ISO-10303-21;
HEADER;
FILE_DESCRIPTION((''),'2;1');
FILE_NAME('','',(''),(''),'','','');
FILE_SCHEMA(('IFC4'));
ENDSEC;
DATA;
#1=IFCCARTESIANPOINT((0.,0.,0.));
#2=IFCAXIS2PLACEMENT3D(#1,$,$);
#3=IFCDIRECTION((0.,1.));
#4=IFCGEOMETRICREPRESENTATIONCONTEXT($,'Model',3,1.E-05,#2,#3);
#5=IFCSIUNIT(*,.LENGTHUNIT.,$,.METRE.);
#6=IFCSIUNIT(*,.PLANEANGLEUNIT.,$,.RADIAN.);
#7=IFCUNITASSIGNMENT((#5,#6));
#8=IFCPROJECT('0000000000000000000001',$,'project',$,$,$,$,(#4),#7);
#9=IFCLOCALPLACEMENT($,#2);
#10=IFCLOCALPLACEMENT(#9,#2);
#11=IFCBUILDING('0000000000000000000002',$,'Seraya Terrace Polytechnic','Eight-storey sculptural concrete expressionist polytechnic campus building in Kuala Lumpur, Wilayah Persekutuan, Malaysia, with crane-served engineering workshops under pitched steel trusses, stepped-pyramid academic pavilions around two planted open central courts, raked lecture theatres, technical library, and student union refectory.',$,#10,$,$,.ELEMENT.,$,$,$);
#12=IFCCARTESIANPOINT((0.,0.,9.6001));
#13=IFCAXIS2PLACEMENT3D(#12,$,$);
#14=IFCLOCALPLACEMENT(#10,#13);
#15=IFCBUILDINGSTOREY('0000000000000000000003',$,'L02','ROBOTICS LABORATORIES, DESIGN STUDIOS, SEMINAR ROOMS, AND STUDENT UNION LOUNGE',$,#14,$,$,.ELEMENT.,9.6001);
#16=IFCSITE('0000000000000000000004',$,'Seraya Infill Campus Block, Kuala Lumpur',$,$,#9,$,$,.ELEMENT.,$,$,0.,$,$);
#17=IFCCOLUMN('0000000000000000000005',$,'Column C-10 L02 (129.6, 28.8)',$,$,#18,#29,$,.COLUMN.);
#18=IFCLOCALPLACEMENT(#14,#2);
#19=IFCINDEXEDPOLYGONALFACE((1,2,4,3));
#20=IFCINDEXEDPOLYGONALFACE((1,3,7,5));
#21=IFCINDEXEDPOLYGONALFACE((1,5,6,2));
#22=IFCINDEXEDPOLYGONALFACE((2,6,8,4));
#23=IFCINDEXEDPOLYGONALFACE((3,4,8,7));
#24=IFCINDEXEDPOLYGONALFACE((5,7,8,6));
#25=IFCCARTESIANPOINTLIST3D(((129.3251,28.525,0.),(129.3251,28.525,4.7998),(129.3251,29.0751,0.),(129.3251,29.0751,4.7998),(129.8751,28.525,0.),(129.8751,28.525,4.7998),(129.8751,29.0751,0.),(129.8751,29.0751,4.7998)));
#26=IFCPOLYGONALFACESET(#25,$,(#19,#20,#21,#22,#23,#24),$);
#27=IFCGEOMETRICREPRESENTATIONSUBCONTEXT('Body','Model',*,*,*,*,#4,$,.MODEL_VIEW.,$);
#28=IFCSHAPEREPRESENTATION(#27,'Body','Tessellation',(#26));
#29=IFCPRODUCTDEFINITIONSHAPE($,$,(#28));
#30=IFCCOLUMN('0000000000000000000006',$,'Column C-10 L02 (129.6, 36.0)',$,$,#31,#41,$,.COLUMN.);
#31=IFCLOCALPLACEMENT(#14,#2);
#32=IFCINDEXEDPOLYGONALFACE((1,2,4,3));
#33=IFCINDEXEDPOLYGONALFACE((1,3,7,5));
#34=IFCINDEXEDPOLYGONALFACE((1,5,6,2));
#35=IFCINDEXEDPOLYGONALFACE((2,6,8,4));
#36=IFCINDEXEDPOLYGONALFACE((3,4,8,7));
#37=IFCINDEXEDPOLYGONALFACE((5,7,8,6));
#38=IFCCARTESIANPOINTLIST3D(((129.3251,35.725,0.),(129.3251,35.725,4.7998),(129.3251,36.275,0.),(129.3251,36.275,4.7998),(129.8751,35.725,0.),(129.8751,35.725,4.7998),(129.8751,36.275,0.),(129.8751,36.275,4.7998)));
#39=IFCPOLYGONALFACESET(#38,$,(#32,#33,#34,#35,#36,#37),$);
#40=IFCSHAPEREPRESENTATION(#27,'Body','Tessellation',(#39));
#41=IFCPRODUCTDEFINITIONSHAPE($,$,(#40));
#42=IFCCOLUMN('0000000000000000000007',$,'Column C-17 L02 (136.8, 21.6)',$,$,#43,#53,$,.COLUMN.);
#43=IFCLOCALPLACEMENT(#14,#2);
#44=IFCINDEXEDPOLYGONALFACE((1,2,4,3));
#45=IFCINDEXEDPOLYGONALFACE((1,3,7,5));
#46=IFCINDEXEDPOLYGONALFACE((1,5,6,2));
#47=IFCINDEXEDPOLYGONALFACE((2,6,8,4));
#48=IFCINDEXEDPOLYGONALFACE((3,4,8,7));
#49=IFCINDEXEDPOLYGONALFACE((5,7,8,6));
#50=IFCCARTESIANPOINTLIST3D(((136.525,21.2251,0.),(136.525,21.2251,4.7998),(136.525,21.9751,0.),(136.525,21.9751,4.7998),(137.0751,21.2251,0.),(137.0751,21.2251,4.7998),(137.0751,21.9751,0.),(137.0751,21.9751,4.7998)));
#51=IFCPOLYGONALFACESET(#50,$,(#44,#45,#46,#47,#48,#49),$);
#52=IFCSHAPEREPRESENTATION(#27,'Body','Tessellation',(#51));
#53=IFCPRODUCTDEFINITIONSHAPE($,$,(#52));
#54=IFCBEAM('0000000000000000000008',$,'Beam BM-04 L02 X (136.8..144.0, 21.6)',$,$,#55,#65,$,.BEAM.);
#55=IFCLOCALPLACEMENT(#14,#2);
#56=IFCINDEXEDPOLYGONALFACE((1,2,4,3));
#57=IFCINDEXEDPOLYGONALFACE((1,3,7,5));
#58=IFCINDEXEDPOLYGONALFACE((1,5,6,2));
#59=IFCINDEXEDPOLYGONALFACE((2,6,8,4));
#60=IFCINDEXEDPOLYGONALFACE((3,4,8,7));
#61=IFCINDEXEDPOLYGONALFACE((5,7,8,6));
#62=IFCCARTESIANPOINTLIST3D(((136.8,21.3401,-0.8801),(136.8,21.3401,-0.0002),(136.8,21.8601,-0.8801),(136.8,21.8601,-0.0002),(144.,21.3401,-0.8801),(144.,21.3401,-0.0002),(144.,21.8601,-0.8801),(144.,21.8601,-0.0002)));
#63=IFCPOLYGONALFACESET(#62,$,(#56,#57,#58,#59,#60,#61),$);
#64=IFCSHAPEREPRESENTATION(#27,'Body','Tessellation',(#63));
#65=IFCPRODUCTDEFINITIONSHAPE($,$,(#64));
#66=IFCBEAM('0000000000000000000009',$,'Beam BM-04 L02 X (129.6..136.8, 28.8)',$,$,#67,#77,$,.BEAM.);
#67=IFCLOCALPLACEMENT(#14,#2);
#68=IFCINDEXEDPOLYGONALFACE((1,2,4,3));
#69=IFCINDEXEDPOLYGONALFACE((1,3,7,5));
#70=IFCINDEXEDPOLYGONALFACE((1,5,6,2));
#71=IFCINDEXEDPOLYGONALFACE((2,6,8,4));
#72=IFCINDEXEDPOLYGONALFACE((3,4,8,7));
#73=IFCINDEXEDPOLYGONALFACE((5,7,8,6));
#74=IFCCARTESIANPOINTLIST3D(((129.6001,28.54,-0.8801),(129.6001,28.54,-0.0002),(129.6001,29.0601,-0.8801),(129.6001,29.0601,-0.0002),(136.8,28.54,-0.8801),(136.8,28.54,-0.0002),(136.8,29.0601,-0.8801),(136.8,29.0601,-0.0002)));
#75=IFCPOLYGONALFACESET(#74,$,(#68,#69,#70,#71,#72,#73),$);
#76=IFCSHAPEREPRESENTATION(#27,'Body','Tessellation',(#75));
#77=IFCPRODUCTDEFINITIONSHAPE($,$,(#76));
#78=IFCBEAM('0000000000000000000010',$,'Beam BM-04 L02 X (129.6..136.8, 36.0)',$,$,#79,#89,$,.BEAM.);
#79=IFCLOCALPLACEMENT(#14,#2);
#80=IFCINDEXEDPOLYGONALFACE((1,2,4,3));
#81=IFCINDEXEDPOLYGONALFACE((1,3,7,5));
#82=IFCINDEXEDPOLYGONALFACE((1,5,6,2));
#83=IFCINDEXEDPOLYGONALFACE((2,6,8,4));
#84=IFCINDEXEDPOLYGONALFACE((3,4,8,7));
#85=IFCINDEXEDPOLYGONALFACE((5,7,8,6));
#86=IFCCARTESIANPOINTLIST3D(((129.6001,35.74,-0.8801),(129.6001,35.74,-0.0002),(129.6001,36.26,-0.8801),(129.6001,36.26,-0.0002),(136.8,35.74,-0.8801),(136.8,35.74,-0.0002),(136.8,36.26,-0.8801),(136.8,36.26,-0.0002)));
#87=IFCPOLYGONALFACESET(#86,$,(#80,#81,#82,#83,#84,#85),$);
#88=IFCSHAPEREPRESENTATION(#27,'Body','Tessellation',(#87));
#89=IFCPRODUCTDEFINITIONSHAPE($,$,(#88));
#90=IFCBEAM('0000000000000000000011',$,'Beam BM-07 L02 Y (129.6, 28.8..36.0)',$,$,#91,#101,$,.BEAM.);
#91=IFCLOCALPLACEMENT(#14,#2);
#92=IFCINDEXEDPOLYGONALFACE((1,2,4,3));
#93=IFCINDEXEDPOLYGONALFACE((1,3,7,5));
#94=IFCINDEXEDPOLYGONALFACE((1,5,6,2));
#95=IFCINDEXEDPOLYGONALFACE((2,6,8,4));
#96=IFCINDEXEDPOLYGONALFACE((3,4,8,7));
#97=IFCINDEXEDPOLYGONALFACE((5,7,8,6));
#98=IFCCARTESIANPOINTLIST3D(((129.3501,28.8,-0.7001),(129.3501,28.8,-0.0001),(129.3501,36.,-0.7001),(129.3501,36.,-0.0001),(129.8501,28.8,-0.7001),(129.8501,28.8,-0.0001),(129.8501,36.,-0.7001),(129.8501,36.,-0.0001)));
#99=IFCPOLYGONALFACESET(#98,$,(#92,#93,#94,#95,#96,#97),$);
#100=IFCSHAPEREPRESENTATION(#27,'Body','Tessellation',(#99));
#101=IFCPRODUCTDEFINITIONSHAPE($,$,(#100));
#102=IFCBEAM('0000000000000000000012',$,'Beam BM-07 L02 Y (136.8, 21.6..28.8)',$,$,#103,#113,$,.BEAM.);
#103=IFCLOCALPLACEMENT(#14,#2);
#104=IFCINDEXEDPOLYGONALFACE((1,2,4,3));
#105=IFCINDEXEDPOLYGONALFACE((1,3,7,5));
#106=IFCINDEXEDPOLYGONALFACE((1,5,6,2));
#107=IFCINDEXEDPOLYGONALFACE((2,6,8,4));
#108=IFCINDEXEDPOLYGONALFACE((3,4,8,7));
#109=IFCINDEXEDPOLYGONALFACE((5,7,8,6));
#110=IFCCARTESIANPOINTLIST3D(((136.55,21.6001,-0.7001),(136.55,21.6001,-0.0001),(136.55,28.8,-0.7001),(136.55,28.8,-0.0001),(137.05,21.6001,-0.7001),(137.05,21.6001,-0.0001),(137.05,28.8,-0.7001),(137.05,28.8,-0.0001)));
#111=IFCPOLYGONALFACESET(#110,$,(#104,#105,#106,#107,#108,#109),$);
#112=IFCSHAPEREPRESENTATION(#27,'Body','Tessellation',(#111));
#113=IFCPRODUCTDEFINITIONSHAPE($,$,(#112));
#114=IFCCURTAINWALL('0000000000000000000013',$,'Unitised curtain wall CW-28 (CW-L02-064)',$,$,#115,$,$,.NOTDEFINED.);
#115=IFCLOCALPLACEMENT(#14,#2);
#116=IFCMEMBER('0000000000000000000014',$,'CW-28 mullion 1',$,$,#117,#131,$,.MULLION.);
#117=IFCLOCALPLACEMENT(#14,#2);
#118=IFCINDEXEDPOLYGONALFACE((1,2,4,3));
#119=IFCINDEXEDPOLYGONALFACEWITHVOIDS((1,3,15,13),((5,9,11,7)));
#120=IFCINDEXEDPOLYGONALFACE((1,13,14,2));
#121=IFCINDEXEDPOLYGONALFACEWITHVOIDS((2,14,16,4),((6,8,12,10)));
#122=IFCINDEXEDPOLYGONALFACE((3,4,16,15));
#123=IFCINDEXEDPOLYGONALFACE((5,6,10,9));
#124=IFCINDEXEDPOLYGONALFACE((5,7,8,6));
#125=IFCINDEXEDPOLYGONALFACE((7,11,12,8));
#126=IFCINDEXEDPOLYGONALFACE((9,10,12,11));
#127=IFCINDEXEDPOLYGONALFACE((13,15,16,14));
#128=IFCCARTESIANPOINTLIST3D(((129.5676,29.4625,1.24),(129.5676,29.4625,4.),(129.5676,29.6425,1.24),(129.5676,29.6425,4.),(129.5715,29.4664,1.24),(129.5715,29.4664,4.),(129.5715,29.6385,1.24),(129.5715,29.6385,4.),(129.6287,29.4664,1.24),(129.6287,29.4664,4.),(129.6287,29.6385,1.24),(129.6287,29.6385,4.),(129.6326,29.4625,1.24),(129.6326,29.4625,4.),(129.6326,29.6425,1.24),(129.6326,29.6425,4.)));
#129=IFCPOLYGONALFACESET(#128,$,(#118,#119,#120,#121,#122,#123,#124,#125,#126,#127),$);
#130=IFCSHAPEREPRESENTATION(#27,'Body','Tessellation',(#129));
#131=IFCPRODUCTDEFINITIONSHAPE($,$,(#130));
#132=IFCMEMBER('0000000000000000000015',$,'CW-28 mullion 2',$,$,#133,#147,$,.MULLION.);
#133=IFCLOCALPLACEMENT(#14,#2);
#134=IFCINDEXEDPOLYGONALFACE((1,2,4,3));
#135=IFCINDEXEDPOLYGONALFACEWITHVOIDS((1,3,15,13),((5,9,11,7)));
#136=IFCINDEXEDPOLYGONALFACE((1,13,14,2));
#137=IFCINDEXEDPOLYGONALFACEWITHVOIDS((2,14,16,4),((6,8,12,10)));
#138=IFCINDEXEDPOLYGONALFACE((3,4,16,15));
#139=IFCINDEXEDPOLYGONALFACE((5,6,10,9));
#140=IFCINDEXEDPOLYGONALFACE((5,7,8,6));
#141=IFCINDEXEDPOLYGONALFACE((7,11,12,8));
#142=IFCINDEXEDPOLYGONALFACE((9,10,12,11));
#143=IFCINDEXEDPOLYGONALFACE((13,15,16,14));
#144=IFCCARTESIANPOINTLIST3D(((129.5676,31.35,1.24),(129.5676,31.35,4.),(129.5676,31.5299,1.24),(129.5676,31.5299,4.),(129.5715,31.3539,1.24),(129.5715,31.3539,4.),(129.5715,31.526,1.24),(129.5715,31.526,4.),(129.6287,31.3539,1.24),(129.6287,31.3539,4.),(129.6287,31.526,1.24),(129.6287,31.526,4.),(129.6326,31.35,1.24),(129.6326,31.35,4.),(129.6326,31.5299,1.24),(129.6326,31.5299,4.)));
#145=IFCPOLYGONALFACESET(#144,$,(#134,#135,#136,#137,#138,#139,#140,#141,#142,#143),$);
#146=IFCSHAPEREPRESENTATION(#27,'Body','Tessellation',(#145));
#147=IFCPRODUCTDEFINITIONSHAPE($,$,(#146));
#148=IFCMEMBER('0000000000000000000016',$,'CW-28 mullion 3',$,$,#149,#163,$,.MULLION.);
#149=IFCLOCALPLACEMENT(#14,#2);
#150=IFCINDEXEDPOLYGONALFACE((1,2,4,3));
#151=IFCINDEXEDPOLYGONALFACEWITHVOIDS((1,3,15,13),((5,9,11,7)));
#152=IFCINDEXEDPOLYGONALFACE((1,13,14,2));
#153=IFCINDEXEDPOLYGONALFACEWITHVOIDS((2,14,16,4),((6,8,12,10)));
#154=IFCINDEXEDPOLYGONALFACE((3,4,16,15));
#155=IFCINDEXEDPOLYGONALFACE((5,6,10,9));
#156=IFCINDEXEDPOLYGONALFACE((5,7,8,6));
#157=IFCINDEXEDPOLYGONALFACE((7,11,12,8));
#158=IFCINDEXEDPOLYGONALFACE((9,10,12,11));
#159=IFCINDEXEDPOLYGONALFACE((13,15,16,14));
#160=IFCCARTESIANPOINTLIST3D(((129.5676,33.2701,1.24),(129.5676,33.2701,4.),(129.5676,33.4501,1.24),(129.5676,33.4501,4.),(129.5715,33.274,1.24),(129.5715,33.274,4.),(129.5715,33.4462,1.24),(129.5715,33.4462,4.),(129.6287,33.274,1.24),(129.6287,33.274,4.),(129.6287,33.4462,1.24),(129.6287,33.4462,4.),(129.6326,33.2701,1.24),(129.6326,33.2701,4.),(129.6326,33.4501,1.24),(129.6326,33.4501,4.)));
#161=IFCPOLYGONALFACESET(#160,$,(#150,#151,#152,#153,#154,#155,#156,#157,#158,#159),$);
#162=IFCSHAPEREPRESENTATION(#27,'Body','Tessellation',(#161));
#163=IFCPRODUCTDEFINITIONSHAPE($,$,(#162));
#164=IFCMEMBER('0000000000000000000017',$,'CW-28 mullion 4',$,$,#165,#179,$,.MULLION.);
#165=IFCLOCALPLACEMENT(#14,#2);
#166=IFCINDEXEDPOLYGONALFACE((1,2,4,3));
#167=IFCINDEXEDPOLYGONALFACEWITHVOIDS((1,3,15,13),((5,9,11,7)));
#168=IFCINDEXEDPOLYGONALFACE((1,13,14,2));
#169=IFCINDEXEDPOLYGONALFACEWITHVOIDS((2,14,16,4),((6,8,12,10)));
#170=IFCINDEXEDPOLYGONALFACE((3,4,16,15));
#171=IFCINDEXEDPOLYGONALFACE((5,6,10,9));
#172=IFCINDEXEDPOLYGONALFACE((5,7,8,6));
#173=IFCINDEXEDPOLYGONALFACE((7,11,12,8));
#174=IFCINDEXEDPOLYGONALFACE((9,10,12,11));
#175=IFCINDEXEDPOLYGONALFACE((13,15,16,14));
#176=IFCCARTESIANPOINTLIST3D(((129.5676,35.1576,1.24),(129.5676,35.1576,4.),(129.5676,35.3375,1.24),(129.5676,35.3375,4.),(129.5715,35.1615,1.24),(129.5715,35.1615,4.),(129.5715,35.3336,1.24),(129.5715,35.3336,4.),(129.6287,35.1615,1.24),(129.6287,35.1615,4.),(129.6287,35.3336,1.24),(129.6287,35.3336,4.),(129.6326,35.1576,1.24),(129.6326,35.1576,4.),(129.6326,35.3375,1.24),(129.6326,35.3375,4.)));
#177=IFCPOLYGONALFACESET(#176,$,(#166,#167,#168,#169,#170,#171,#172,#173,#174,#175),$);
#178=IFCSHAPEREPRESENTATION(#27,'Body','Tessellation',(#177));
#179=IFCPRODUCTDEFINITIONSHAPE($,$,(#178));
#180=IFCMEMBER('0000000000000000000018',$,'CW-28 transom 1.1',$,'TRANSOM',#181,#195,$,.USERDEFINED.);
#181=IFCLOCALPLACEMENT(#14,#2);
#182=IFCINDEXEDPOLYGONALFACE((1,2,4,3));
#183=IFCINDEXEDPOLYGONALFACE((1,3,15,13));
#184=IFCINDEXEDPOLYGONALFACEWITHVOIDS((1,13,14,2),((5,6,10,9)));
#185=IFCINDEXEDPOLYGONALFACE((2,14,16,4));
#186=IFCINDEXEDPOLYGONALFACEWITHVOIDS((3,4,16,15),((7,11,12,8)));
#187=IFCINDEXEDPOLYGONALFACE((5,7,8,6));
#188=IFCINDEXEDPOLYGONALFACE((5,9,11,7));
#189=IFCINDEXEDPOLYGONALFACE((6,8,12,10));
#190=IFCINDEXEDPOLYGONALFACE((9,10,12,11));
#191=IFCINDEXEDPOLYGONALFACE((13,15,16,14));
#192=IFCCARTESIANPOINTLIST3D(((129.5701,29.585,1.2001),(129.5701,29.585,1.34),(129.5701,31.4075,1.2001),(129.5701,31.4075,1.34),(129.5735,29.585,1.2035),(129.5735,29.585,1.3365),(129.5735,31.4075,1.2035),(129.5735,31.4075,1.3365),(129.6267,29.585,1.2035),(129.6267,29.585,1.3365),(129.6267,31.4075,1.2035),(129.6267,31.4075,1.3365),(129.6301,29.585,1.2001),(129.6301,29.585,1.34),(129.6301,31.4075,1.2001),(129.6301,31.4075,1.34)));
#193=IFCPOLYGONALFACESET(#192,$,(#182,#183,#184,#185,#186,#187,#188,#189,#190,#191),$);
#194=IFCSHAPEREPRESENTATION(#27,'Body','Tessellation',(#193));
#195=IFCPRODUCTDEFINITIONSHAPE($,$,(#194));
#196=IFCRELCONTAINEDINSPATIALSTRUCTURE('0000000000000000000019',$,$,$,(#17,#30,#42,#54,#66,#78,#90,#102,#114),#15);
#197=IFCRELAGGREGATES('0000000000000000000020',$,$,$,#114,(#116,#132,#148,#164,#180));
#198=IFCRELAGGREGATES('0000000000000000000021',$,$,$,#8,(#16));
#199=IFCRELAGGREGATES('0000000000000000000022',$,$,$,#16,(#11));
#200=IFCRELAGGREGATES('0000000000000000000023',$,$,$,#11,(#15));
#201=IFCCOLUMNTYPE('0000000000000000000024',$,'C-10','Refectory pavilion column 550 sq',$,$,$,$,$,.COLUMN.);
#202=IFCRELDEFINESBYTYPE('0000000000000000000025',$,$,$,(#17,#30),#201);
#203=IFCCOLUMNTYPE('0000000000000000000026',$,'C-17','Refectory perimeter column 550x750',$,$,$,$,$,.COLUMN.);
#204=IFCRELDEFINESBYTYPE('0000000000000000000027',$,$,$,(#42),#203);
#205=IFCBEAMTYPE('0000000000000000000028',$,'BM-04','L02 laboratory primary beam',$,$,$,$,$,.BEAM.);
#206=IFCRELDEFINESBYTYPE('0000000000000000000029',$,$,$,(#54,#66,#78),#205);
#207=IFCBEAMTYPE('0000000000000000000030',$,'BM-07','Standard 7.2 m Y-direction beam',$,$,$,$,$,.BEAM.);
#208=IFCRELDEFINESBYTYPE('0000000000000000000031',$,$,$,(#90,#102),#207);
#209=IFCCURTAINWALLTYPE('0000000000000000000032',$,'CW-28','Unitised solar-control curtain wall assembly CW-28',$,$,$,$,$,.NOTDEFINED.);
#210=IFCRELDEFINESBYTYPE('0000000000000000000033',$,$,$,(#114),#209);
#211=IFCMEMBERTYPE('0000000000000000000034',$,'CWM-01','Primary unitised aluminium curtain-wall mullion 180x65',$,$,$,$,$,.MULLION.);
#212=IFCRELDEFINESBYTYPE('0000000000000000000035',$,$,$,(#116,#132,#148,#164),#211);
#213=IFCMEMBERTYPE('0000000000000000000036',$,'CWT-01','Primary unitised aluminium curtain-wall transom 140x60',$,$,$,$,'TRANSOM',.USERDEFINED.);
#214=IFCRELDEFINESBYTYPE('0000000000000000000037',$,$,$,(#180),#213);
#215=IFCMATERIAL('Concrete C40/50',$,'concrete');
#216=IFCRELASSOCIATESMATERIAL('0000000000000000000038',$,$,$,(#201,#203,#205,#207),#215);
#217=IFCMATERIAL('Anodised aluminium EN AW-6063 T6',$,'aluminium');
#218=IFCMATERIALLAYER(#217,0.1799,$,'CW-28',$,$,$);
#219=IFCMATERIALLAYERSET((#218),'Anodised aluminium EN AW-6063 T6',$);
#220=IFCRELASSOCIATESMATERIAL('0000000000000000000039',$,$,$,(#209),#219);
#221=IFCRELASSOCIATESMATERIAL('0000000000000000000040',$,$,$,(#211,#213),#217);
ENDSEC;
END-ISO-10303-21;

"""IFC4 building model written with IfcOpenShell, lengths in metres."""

from ifc_helpers import new_model, si_unit, direction, frame, origin, origin_2d, place, context, subcontext, project, spatial, rectangle, hollow_rectangle, extrude, material, layer, layer_set, material_profile, profile_set, type_object, element, aggregate, save


model = new_model("IFC4")

# Units and contexts
model_context = context("Model", 3, precision=1e-05, world=origin(), true_north=direction((0.0, 1.0)))
body_context = subcontext(model_context, "Body", "Model", "MODEL_VIEW")
ifc_project = project(units=[si_unit("LENGTHUNIT", "METRE"), si_unit("PLANEANGLEUNIT", "RADIAN")], contexts=[model_context])

# Site, building, storey
site_placement = place(None, origin())
site = spatial("IfcSite", under=ifc_project, at=site_placement, Name="Seraya Infill Campus Block, Kuala Lumpur", CompositionType="ELEMENT", RefElevation=0.0)
building_placement = place(site_placement, origin())
building = spatial("IfcBuilding", under=site, at=building_placement, Name="Seraya Terrace Polytechnic", Description="Eight-storey sculptural concrete expressionist polytechnic campus building in Kuala Lumpur, Wilayah Persekutuan, Malaysia, with crane-served engineering workshops under pitched steel trusses, stepped-pyramid academic pavilions around two planted open central courts, raked lecture theatres, technical library, and student union refectory.", CompositionType="ELEMENT")
storey_placement = place(building_placement, frame((0.0, 0.0, 9.6001)))
storey = spatial("IfcBuildingStorey", under=building, at=storey_placement, Name="L02", Description="ROBOTICS LABORATORIES, DESIGN STUDIOS, SEMINAR ROOMS, AND STUDENT UNION LOUNGE", CompositionType="ELEMENT", Elevation=9.6001)

# Columns
ifc_material_1 = material(Name="Concrete C40/50", Category="concrete")
ifc_material_profile_1 = material_profile(ifc_material_1, rectangle(XDim=0.55, YDim=0.55, at=origin_2d()), Name="RC 550x550")
ifc_profile_set_1 = profile_set([ifc_material_profile_1], Name="Concrete C40/50")
column_type_1 = type_object("IfcColumnType", Name="C-10", Description="Refectory pavilion column 550 sq", PredefinedType="COLUMN", material=ifc_profile_set_1)
for number, where, z_axis, x_axis, name in (
    (1, (129.6001, 28.8, 0.0), (0.0, 0.0, 1.0), (1.0, 0.0, 0.0), "Column C-10 L02 (129.6, 28.8)"),
    (2, (129.6001, 36.0, 0.0), (0.0, 0.0, 1.0), (1.0, 0.0, 0.0), "Column C-10 L02 (129.6, 36.0)"),
):
    element("IfcColumn", number, at=place(storey_placement, frame(where, z_axis=z_axis, x_axis=x_axis)), inside=storey, type_object=column_type_1, Name=name, PredefinedType="COLUMN", context=body_context, shape_type="SweptSolid", body=[
        extrude(rectangle(XDim=0.55, YDim=0.55, at=origin_2d()), origin(), (0.0, 0.0, 1.0), 4.7998),
    ])
ifc_material_profile_2 = material_profile(ifc_material_1, rectangle(XDim=0.55, YDim=0.75, at=origin_2d()), Name="RC 550x750")
ifc_profile_set_2 = profile_set([ifc_material_profile_2], Name="Concrete C40/50")
column_type_2 = type_object("IfcColumnType", Name="C-17", Description="Refectory perimeter column 550x750", PredefinedType="COLUMN", material=ifc_profile_set_2)
column_placement = place(storey_placement, frame((136.8, 21.6001, 0.0), z_axis=(0.0, 0.0, 1.0), x_axis=(1.0, 0.0, 0.0)))
element("IfcColumn", 3, at=column_placement, inside=storey, type_object=column_type_2, Name="Column C-17 L02 (136.8, 21.6)", PredefinedType="COLUMN", context=body_context, shape_type="SweptSolid", body=[
    extrude(rectangle(XDim=0.55, YDim=0.75, at=origin_2d()), origin(), (0.0, 0.0, 1.0), 4.7998),
])

# Beams
ifc_material_profile_3 = material_profile(ifc_material_1, rectangle(XDim=0.52, YDim=0.8799, at=origin_2d()), Name="RC 520x880")
ifc_profile_set_3 = profile_set([ifc_material_profile_3], Name="Concrete C40/50")
beam_type_1 = type_object("IfcBeamType", Name="BM-04", Description="L02 laboratory primary beam", PredefinedType="BEAM", material=ifc_profile_set_3)
for number, where, z_axis, x_axis, name in (
    (4, (136.8, 21.6001, -0.4402), (1.0, 0.0, 0.0), (0.0, 1.0, 0.0), "Beam BM-04 L02 X (136.8..144.0, 21.6)"),
    (5, (129.6001, 28.8, -0.4402), (1.0, 0.0, 0.0), (0.0, 1.0, 0.0), "Beam BM-04 L02 X (129.6..136.8, 28.8)"),
    (6, (129.6001, 36.0, -0.4402), (1.0, 0.0, 0.0), (0.0, 1.0, 0.0), "Beam BM-04 L02 X (129.6..136.8, 36.0)"),
):
    element("IfcBeam", number, at=place(storey_placement, frame(where, z_axis=z_axis, x_axis=x_axis)), inside=storey, type_object=beam_type_1, Name=name, PredefinedType="BEAM", context=body_context, shape_type="SweptSolid", body=[
        extrude(rectangle(XDim=0.52, YDim=0.8799, at=origin_2d()), origin(), (0.0, 0.0, 1.0), 7.2),
    ])
ifc_material_profile_4 = material_profile(ifc_material_1, rectangle(XDim=0.5, YDim=0.7, at=origin_2d()), Name="RC 500x700")
ifc_profile_set_4 = profile_set([ifc_material_profile_4], Name="Concrete C40/50")
beam_type_2 = type_object("IfcBeamType", Name="BM-07", Description="Standard 7.2 m Y-direction beam", PredefinedType="BEAM", material=ifc_profile_set_4)
for number, where, z_axis, x_axis, name in (
    (7, (129.6001, 28.8, -0.3501), (0.0, 1.0, 0.0), (-1.0, 0.0, 0.0), "Beam BM-07 L02 Y (129.6, 28.8..36.0)"),
    (8, (136.8, 21.6001, -0.3501), (0.0, 1.0, 0.0), (-1.0, 0.0, 0.0), "Beam BM-07 L02 Y (136.8, 21.6..28.8)"),
):
    element("IfcBeam", number, at=place(storey_placement, frame(where, z_axis=z_axis, x_axis=x_axis)), inside=storey, type_object=beam_type_2, Name=name, PredefinedType="BEAM", context=body_context, shape_type="SweptSolid", body=[
        extrude(rectangle(XDim=0.5, YDim=0.7, at=origin_2d()), origin(), (0.0, 0.0, 1.0), 7.2),
    ])

# Curtain wall, members
ifc_material_2 = material(Name="Anodised aluminium EN AW-6063 T6", Category="aluminium")
ifc_layer_1 = layer(ifc_material_2, 0.1799, Name="CW-28")
ifc_layer_set_1 = layer_set([ifc_layer_1], Name="Anodised aluminium EN AW-6063 T6")
curtain_wall_type = type_object("IfcCurtainWallType", Name="CW-28", Description="Unitised solar-control curtain wall assembly CW-28", PredefinedType="NOTDEFINED", material=ifc_layer_set_1)
curtain_wall_placement = place(storey_placement, origin())
curtain_wall = element("IfcCurtainWall", 9, at=curtain_wall_placement, inside=storey, type_object=curtain_wall_type, Name="Unitised curtain wall CW-28 (CW-L02-064)", PredefinedType="NOTDEFINED")
ifc_material_profile_5 = material_profile(ifc_material_2, hollow_rectangle(XDim=0.0649, YDim=0.1799, WallThickness=0.0039, at=origin_2d()), Name="RHS 180x65x4.0")
ifc_profile_set_5 = profile_set([ifc_material_profile_5], Name="Anodised aluminium EN AW-6063 T6")
member_type_1 = type_object("IfcMemberType", Name="CWM-01", Description="Primary unitised aluminium curtain-wall mullion 180x65", PredefinedType="MULLION", material=ifc_profile_set_5)
member_1_placement = place(storey_placement, frame((129.6001, 29.5525, 1.24), z_axis=(0.0, 0.0, 1.0), x_axis=(-1.0, 0.0, 0.0)))
member_1 = element("IfcMember", 10, at=member_1_placement, type_object=member_type_1, Name="CW-28 mullion 1", PredefinedType="MULLION", context=body_context, shape_type="SweptSolid", body=[
    extrude(hollow_rectangle(XDim=0.0649, YDim=0.1799, WallThickness=0.0039, at=origin_2d()), origin(), (0.0, 0.0, 1.0), 2.76),
])
member_2_placement = place(storey_placement, frame((129.6001, 31.4399, 1.24), z_axis=(0.0, 0.0, 1.0), x_axis=(-1.0, 0.0, 0.0)))
member_2 = element("IfcMember", 11, at=member_2_placement, type_object=member_type_1, Name="CW-28 mullion 2", PredefinedType="MULLION", context=body_context, shape_type="SweptSolid", body=[
    extrude(hollow_rectangle(XDim=0.0649, YDim=0.1799, WallThickness=0.0039, at=origin_2d()), origin(), (0.0, 0.0, 1.0), 2.76),
])
member_3_placement = place(storey_placement, frame((129.6001, 33.3601, 1.24), z_axis=(0.0, 0.0, 1.0), x_axis=(-1.0, 0.0, 0.0)))
member_3 = element("IfcMember", 12, at=member_3_placement, type_object=member_type_1, Name="CW-28 mullion 3", PredefinedType="MULLION", context=body_context, shape_type="SweptSolid", body=[
    extrude(hollow_rectangle(XDim=0.0649, YDim=0.1799, WallThickness=0.0039, at=origin_2d()), origin(), (0.0, 0.0, 1.0), 2.76),
])
member_4_placement = place(storey_placement, frame((129.6001, 35.2476, 1.24), z_axis=(0.0, 0.0, 1.0), x_axis=(-1.0, 0.0, 0.0)))
member_4 = element("IfcMember", 13, at=member_4_placement, type_object=member_type_1, Name="CW-28 mullion 4", PredefinedType="MULLION", context=body_context, shape_type="SweptSolid", body=[
    extrude(hollow_rectangle(XDim=0.0649, YDim=0.1799, WallThickness=0.0039, at=origin_2d()), origin(), (0.0, 0.0, 1.0), 2.76),
])
ifc_material_profile_6 = material_profile(ifc_material_2, hollow_rectangle(XDim=0.0601, YDim=0.1399, WallThickness=0.0034, at=origin_2d()), Name="RHS 140x60x3.5")
ifc_profile_set_6 = profile_set([ifc_material_profile_6], Name="Anodised aluminium EN AW-6063 T6")
member_type_2 = type_object("IfcMemberType", Name="CWT-01", Description="Primary unitised aluminium curtain-wall transom 140x60", ElementType="TRANSOM", PredefinedType="USERDEFINED", material=ifc_profile_set_6)
member_5_placement = place(storey_placement, frame((129.6001, 29.585, 1.27), z_axis=(0.0, 1.0, 0.0), x_axis=(-1.0, 0.0, 0.0)))
member_5 = element("IfcMember", 14, at=member_5_placement, type_object=member_type_2, Name="CW-28 transom 1.1", ObjectType="TRANSOM", PredefinedType="USERDEFINED", context=body_context, shape_type="SweptSolid", body=[
    extrude(hollow_rectangle(XDim=0.0601, YDim=0.1399, WallThickness=0.0034, at=origin_2d()), origin(), (0.0, 0.0, 1.0), 1.8225),
])

aggregate(curtain_wall, [member_1, member_2, member_3, member_4, member_5])

save(model, "model.ifc")
